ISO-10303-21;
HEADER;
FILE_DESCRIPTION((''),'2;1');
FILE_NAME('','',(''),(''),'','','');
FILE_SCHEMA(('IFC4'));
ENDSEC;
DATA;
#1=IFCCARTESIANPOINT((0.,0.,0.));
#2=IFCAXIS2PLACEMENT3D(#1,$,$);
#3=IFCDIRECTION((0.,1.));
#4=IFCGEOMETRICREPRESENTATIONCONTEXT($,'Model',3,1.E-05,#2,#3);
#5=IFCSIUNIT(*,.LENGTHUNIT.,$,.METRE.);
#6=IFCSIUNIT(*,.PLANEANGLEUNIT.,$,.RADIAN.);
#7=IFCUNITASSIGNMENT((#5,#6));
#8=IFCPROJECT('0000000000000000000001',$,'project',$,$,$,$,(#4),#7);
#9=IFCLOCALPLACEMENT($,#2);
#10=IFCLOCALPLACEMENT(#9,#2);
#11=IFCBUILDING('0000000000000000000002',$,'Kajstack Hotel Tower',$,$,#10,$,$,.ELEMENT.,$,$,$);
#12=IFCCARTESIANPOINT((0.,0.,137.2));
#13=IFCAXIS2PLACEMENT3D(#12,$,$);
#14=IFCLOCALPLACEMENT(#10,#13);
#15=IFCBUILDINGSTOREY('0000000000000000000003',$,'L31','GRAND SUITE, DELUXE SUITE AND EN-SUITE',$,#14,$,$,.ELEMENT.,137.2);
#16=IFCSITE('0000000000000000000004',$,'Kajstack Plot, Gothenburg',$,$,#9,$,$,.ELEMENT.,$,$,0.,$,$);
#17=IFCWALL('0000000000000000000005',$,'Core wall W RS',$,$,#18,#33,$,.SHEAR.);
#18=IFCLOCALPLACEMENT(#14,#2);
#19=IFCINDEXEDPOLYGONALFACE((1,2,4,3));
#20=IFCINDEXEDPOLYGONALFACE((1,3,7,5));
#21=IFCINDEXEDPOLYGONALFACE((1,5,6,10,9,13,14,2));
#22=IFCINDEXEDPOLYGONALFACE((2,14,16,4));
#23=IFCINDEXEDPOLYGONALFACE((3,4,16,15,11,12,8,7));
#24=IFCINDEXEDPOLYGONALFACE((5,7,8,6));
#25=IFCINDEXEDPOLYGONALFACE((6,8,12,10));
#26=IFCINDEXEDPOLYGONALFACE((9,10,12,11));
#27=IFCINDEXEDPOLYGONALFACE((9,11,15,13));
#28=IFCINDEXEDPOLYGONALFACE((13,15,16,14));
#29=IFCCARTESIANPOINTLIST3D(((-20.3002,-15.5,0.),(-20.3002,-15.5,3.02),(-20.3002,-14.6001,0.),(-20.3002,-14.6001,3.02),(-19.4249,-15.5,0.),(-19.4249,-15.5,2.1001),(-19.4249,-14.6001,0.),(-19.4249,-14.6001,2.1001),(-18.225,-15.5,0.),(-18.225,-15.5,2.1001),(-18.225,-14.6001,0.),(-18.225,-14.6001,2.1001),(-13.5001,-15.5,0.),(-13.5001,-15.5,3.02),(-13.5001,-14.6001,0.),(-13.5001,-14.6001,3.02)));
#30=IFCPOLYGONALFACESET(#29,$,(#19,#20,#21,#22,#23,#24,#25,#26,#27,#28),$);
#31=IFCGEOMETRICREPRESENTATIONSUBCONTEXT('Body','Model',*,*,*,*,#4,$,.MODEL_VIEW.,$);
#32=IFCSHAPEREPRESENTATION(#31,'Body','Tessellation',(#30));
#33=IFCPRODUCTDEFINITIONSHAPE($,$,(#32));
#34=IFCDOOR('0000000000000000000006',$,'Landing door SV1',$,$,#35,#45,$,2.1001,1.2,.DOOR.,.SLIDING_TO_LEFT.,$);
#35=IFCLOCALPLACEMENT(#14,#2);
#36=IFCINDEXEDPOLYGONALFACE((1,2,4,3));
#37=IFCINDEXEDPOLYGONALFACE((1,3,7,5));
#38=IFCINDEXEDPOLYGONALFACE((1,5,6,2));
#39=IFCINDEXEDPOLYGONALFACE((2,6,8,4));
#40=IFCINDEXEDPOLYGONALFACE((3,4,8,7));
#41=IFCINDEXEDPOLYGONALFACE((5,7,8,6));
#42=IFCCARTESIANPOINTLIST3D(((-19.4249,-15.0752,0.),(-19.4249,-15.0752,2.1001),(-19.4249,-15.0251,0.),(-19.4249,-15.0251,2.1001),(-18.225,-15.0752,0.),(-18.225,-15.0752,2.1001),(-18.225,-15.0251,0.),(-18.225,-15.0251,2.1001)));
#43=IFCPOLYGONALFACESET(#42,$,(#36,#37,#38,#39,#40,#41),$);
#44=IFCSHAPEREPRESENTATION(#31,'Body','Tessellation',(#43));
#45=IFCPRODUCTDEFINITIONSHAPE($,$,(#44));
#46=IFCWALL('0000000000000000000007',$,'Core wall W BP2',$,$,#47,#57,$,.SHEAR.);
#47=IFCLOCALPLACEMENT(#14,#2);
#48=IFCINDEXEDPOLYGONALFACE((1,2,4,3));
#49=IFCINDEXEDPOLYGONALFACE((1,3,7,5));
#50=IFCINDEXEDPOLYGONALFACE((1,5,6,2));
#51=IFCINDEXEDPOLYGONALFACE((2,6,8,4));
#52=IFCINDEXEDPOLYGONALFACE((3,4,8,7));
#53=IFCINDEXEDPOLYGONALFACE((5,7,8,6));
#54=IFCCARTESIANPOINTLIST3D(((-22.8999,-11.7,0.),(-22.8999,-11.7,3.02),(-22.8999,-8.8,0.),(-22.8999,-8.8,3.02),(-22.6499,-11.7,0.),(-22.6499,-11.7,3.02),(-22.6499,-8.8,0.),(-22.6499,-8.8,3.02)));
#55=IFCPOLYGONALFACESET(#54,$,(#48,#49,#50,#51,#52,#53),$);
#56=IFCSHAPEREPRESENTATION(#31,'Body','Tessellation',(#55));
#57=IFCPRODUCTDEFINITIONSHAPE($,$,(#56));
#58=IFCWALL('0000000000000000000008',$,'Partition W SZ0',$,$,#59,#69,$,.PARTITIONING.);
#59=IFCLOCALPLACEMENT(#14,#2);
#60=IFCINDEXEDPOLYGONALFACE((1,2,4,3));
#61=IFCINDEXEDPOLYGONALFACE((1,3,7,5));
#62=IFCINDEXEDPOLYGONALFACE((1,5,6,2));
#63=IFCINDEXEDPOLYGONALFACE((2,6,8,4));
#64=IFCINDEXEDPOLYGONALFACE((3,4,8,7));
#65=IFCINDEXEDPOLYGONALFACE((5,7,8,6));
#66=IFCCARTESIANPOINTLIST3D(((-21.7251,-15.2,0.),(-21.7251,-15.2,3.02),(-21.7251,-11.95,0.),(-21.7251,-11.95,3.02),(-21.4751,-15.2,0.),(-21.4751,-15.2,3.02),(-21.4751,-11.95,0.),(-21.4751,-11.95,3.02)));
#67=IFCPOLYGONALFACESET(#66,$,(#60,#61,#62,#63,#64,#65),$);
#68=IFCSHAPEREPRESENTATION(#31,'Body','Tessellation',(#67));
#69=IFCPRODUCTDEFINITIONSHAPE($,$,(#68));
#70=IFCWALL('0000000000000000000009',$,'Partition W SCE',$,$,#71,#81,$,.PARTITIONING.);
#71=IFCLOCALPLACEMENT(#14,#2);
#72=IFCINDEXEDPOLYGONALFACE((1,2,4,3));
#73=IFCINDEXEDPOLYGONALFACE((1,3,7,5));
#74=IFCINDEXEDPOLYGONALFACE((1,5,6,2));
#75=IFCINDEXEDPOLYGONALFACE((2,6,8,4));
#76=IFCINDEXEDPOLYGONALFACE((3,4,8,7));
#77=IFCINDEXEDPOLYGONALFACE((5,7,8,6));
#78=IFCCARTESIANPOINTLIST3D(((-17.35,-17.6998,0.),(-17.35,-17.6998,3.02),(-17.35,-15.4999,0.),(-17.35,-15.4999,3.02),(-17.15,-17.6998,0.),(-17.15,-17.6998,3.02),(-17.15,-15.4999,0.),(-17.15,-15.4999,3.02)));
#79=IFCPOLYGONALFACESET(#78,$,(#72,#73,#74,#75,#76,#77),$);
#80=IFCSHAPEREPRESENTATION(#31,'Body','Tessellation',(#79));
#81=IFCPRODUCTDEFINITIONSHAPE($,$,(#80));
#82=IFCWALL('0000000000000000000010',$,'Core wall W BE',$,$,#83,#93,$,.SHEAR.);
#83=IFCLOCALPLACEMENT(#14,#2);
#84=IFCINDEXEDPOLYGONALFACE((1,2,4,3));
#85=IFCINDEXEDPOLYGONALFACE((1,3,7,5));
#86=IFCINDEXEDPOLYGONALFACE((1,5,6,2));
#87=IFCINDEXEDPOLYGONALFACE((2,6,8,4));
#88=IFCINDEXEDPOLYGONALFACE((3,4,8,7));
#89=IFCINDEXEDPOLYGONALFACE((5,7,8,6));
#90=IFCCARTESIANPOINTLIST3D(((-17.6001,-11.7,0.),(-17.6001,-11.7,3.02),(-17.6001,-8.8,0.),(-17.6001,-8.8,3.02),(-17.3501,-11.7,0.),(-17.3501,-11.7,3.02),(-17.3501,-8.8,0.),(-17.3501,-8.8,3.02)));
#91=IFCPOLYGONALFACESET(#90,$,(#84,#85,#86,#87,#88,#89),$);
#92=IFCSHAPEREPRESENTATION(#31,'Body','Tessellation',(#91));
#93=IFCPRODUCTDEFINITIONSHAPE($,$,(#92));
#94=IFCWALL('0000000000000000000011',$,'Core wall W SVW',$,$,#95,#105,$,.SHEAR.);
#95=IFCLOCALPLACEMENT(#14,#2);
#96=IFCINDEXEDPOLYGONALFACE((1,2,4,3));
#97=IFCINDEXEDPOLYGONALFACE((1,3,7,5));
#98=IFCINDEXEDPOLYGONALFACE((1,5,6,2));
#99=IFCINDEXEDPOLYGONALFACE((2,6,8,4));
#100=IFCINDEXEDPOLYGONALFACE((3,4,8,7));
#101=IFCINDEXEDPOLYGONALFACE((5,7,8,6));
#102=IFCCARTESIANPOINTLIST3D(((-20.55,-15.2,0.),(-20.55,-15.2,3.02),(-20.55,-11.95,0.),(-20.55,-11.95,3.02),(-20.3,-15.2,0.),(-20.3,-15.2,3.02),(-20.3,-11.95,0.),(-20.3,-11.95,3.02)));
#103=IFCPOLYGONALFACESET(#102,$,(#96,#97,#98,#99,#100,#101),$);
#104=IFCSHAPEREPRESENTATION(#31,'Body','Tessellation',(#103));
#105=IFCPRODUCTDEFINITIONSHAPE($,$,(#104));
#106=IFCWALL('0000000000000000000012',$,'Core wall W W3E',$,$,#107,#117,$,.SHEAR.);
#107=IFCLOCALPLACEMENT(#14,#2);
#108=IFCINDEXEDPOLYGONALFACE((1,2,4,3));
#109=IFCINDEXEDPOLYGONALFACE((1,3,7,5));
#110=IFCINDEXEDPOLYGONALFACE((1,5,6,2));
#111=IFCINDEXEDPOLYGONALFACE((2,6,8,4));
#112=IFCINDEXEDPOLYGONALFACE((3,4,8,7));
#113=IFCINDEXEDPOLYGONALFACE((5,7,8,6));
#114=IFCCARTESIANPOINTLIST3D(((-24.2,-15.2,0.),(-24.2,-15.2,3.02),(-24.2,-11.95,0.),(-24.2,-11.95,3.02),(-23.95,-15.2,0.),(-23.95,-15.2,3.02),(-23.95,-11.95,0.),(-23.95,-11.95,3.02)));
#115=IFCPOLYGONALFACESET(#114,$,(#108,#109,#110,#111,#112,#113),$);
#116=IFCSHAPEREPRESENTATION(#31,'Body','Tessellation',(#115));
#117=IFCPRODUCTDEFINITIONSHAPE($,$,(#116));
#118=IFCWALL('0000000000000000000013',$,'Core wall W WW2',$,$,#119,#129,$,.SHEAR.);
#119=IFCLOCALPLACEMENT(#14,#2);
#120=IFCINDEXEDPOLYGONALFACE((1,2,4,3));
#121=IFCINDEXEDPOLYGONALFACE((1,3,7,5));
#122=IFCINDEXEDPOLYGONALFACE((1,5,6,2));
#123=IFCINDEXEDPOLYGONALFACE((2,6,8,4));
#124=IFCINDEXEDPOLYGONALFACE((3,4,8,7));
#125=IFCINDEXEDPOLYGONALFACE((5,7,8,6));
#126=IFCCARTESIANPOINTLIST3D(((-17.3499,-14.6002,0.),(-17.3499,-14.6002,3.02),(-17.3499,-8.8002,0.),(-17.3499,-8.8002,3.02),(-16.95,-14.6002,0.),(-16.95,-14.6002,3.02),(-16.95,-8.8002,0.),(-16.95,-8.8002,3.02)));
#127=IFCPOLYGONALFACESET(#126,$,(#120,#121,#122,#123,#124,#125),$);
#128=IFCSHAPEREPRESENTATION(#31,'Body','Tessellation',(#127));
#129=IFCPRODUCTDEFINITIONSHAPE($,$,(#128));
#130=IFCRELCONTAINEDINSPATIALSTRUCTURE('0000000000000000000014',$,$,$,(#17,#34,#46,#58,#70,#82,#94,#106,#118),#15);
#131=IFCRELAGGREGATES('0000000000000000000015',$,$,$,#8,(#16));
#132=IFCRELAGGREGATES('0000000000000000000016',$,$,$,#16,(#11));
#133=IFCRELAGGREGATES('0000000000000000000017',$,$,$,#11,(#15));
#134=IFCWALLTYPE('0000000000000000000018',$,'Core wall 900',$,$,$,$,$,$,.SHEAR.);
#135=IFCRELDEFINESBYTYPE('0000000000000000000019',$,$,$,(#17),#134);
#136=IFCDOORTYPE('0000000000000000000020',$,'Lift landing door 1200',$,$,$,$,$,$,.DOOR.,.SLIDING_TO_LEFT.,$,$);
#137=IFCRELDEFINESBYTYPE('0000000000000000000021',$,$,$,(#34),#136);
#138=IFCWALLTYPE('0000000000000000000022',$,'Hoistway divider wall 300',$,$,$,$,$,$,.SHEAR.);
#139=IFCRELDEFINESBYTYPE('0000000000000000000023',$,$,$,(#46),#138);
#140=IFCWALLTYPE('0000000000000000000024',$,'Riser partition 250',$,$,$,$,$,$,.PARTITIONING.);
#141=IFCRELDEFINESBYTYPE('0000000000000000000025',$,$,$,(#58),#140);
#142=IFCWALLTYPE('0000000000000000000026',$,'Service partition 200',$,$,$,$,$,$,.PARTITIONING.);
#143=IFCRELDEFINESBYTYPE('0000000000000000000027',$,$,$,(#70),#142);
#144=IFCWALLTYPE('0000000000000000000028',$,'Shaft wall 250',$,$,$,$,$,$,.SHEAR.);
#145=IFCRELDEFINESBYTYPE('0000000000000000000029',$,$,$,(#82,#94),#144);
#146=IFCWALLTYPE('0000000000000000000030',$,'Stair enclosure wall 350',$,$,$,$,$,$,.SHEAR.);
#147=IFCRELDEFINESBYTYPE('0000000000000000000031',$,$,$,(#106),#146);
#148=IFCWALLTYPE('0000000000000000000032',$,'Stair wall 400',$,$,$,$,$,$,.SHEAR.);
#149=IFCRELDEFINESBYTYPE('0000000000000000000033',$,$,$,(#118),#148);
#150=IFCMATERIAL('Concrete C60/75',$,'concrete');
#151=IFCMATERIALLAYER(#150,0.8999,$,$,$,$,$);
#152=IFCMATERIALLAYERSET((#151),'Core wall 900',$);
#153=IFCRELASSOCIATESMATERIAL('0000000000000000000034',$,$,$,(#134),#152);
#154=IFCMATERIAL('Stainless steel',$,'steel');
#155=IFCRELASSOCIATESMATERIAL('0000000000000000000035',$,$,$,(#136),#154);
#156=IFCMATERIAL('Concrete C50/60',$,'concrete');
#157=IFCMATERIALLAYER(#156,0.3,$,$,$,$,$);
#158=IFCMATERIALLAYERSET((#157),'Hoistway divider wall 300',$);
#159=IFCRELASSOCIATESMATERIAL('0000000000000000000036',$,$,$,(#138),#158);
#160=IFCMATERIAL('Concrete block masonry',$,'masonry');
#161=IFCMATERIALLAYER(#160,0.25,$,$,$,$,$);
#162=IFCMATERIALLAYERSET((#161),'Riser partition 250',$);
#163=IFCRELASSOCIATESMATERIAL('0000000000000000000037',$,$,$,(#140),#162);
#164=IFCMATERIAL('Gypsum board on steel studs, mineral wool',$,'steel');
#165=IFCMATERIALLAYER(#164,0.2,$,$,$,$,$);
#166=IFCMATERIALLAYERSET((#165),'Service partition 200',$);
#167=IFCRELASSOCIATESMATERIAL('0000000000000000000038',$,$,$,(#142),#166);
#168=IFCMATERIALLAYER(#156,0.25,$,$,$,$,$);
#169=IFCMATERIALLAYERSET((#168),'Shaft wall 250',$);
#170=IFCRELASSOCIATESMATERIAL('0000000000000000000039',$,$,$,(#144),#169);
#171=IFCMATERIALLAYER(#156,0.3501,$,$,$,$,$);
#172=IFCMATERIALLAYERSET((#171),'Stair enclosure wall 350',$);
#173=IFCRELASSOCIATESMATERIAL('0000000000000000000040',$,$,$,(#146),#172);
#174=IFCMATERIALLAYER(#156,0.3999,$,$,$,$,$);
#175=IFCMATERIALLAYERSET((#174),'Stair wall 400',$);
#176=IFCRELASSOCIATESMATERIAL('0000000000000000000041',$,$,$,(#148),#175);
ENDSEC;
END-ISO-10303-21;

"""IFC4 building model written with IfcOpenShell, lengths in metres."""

from ifc_helpers import new_model, si_unit, direction, frame, frame_2d, origin, place, context, subcontext, project, spatial, rectangle, extrude, material, layer, layer_set, type_object, element, fill, save


model = new_model("IFC4")

# Units and contexts
model_context = context("Model", 3, precision=1e-05, world=origin(), true_north=direction((0.0, 1.0)))
body_context = subcontext(model_context, "Body", "Model", "MODEL_VIEW")
ifc_project = project(units=[si_unit("LENGTHUNIT", "METRE"), si_unit("PLANEANGLEUNIT", "RADIAN")], contexts=[model_context])

# Site, building, storey
site_placement = place(None, origin())
site = spatial("IfcSite", under=ifc_project, at=site_placement, Name="Kajstack Plot, Gothenburg", CompositionType="ELEMENT", RefElevation=0.0)
building_placement = place(site_placement, origin())
building = spatial("IfcBuilding", under=site, at=building_placement, Name="Kajstack Hotel Tower", CompositionType="ELEMENT")
storey_placement = place(building_placement, frame((0.0, 0.0, 137.2)))
storey = spatial("IfcBuildingStorey", under=building, at=storey_placement, Name="L31", Description="GRAND SUITE, DELUXE SUITE AND EN-SUITE", CompositionType="ELEMENT", Elevation=137.2)

# Wall, opening, door
ifc_material_1 = material(Name="Concrete C60/75", Category="concrete")
ifc_layer_1 = layer(ifc_material_1, 0.8999)
ifc_layer_set_1 = layer_set([ifc_layer_1], Name="Core wall 900")
wall_type_1 = type_object("IfcWallType", Name="Core wall 900", PredefinedType="SHEAR", material=ifc_layer_set_1)
wall_1_placement = place(storey_placement, frame((-20.3, -15.05, 0.0), z_axis=(0.0, 0.0, 1.0), x_axis=(1.0, 0.0, 0.0)))
wall_1 = element("IfcWall", 1, at=wall_1_placement, inside=storey, type_object=wall_type_1, Name="Core wall W RS", PredefinedType="SHEAR", context=body_context, shape_type="SweptSolid", body=[
    extrude(rectangle(XDim=6.8, YDim=0.8999, at=frame_2d((3.3999, 0.0))), origin(), (0.0, 0.0, 1.0), 3.02),
])
opening_placement = place(wall_1_placement, frame((0.875, 0.0, 0.0)))
opening = element("IfcOpeningElement", 2, at=opening_placement, cuts=wall_1, PredefinedType="OPENING", context=body_context, shape_type="SweptSolid", body=[
    extrude(rectangle(XDim=1.2, YDim=2.1001, at=frame_2d((0.6001, 1.05))), frame((0.0, 0.46, 0.0), z_axis=(0.0, -1.0, 0.0), x_axis=(1.0, 0.0, 0.0)), (0.0, 0.0, 1.0), 0.9199),
])
ifc_material_2 = material(Name="Stainless steel", Category="steel")
door_type = type_object("IfcDoorType", Name="Lift landing door 1200", OperationType="SLIDING_TO_LEFT", PredefinedType="DOOR", material=ifc_material_2)
door_placement = place(opening_placement, origin())
door = element("IfcDoor", 3, at=door_placement, inside=storey, type_object=door_type, Name="Landing door SV1", OperationType="SLIDING_TO_LEFT", OverallHeight=2.1001, OverallWidth=1.2, PredefinedType="DOOR", context=body_context, shape_type="SweptSolid", body=[
    extrude(rectangle(XDim=1.2, YDim=2.1001, at=frame_2d((0.6001, 1.05))), frame((0.0, 0.0249, 0.0), z_axis=(0.0, -1.0, 0.0), x_axis=(1.0, 0.0, 0.0)), (0.0, 0.0, 1.0), 0.05),
])
fill(opening, door)

# Walls
ifc_material_3 = material(Name="Concrete C50/60", Category="concrete")
ifc_layer_2 = layer(ifc_material_3, 0.3)
ifc_layer_set_2 = layer_set([ifc_layer_2], Name="Hoistway divider wall 300")
wall_type_2 = type_object("IfcWallType", Name="Hoistway divider wall 300", PredefinedType="SHEAR", material=ifc_layer_set_2)
wall_2_placement = place(storey_placement, frame((-22.7749, -11.7, 0.0), z_axis=(0.0, 0.0, 1.0), x_axis=(0.0, 1.0, 0.0)))
element("IfcWall", 4, at=wall_2_placement, inside=storey, type_object=wall_type_2, Name="Core wall W BP2", PredefinedType="SHEAR", context=body_context, shape_type="SweptSolid", body=[
    extrude(rectangle(XDim=2.8999, YDim=0.25, at=frame_2d((1.45, 0.0))), origin(), (0.0, 0.0, 1.0), 3.02),
])
ifc_material_4 = material(Name="Concrete block masonry", Category="masonry")
ifc_layer_3 = layer(ifc_material_4, 0.25)
ifc_layer_set_3 = layer_set([ifc_layer_3], Name="Riser partition 250")
wall_type_3 = type_object("IfcWallType", Name="Riser partition 250", PredefinedType="PARTITIONING", material=ifc_layer_set_3)
wall_3_placement = place(storey_placement, frame((-21.6001, -15.2, 0.0), z_axis=(0.0, 0.0, 1.0), x_axis=(0.0, 1.0, 0.0)))
element("IfcWall", 5, at=wall_3_placement, inside=storey, type_object=wall_type_3, Name="Partition W SZ0", PredefinedType="PARTITIONING", context=body_context, shape_type="SweptSolid", body=[
    extrude(rectangle(XDim=3.25, YDim=0.25, at=frame_2d((1.625, 0.0))), origin(), (0.0, 0.0, 1.0), 3.02),
])
ifc_material_5 = material(Name="Gypsum board on steel studs, mineral wool", Category="steel")
ifc_layer_4 = layer(ifc_material_5, 0.2)
ifc_layer_set_4 = layer_set([ifc_layer_4], Name="Service partition 200")
wall_type_4 = type_object("IfcWallType", Name="Service partition 200", PredefinedType="PARTITIONING", material=ifc_layer_set_4)
wall_4_placement = place(storey_placement, frame((-17.25, -17.7, 0.0), z_axis=(0.0, 0.0, 1.0), x_axis=(0.0, 1.0, 0.0)))
element("IfcWall", 6, at=wall_4_placement, inside=storey, type_object=wall_type_4, Name="Partition W SCE", PredefinedType="PARTITIONING", context=body_context, shape_type="SweptSolid", body=[
    extrude(rectangle(XDim=2.2, YDim=0.2, at=frame_2d((1.1001, 0.0))), origin(), (0.0, 0.0, 1.0), 3.02),
])
ifc_layer_5 = layer(ifc_material_3, 0.25)
ifc_layer_set_5 = layer_set([ifc_layer_5], Name="Shaft wall 250")
wall_type_5 = type_object("IfcWallType", Name="Shaft wall 250", PredefinedType="SHEAR", material=ifc_layer_set_5)
wall_5_placement = place(storey_placement, frame((-17.4751, -11.7, 0.0), z_axis=(0.0, 0.0, 1.0), x_axis=(0.0, 1.0, 0.0)))
element("IfcWall", 7, at=wall_5_placement, inside=storey, type_object=wall_type_5, Name="Core wall W BE", PredefinedType="SHEAR", context=body_context, shape_type="SweptSolid", body=[
    extrude(rectangle(XDim=2.8999, YDim=0.25, at=frame_2d((1.45, 0.0))), origin(), (0.0, 0.0, 1.0), 3.02),
])
wall_6_placement = place(storey_placement, frame((-20.425, -15.2, 0.0), z_axis=(0.0, 0.0, 1.0), x_axis=(0.0, 1.0, 0.0)))
element("IfcWall", 8, at=wall_6_placement, inside=storey, type_object=wall_type_5, Name="Core wall W SVW", PredefinedType="SHEAR", context=body_context, shape_type="SweptSolid", body=[
    extrude(rectangle(XDim=3.25, YDim=0.25, at=frame_2d((1.625, 0.0))), origin(), (0.0, 0.0, 1.0), 3.02),
])
ifc_layer_6 = layer(ifc_material_3, 0.3501)
ifc_layer_set_6 = layer_set([ifc_layer_6], Name="Stair enclosure wall 350")
wall_type_6 = type_object("IfcWallType", Name="Stair enclosure wall 350", PredefinedType="SHEAR", material=ifc_layer_set_6)
wall_7_placement = place(storey_placement, frame((-24.075, -15.2, 0.0), z_axis=(0.0, 0.0, 1.0), x_axis=(0.0, 1.0, 0.0)))
element("IfcWall", 9, at=wall_7_placement, inside=storey, type_object=wall_type_6, Name="Core wall W W3E", PredefinedType="SHEAR", context=body_context, shape_type="SweptSolid", body=[
    extrude(rectangle(XDim=3.25, YDim=0.25, at=frame_2d((1.625, 0.0))), origin(), (0.0, 0.0, 1.0), 3.02),
])
ifc_layer_7 = layer(ifc_material_3, 0.3999)
ifc_layer_set_7 = layer_set([ifc_layer_7], Name="Stair wall 400")
wall_type_7 = type_object("IfcWallType", Name="Stair wall 400", PredefinedType="SHEAR", material=ifc_layer_set_7)
wall_8_placement = place(storey_placement, frame((-17.1499, -14.6001, 0.0), z_axis=(0.0, 0.0, 1.0), x_axis=(0.0, 1.0, 0.0)))
element("IfcWall", 10, at=wall_8_placement, inside=storey, type_object=wall_type_7, Name="Core wall W WW2", PredefinedType="SHEAR", context=body_context, shape_type="SweptSolid", body=[
    extrude(rectangle(XDim=5.8, YDim=0.3999, at=frame_2d((2.8999, 0.0))), origin(), (0.0, 0.0, 1.0), 3.02),
])

save(model, "model.ifc")
